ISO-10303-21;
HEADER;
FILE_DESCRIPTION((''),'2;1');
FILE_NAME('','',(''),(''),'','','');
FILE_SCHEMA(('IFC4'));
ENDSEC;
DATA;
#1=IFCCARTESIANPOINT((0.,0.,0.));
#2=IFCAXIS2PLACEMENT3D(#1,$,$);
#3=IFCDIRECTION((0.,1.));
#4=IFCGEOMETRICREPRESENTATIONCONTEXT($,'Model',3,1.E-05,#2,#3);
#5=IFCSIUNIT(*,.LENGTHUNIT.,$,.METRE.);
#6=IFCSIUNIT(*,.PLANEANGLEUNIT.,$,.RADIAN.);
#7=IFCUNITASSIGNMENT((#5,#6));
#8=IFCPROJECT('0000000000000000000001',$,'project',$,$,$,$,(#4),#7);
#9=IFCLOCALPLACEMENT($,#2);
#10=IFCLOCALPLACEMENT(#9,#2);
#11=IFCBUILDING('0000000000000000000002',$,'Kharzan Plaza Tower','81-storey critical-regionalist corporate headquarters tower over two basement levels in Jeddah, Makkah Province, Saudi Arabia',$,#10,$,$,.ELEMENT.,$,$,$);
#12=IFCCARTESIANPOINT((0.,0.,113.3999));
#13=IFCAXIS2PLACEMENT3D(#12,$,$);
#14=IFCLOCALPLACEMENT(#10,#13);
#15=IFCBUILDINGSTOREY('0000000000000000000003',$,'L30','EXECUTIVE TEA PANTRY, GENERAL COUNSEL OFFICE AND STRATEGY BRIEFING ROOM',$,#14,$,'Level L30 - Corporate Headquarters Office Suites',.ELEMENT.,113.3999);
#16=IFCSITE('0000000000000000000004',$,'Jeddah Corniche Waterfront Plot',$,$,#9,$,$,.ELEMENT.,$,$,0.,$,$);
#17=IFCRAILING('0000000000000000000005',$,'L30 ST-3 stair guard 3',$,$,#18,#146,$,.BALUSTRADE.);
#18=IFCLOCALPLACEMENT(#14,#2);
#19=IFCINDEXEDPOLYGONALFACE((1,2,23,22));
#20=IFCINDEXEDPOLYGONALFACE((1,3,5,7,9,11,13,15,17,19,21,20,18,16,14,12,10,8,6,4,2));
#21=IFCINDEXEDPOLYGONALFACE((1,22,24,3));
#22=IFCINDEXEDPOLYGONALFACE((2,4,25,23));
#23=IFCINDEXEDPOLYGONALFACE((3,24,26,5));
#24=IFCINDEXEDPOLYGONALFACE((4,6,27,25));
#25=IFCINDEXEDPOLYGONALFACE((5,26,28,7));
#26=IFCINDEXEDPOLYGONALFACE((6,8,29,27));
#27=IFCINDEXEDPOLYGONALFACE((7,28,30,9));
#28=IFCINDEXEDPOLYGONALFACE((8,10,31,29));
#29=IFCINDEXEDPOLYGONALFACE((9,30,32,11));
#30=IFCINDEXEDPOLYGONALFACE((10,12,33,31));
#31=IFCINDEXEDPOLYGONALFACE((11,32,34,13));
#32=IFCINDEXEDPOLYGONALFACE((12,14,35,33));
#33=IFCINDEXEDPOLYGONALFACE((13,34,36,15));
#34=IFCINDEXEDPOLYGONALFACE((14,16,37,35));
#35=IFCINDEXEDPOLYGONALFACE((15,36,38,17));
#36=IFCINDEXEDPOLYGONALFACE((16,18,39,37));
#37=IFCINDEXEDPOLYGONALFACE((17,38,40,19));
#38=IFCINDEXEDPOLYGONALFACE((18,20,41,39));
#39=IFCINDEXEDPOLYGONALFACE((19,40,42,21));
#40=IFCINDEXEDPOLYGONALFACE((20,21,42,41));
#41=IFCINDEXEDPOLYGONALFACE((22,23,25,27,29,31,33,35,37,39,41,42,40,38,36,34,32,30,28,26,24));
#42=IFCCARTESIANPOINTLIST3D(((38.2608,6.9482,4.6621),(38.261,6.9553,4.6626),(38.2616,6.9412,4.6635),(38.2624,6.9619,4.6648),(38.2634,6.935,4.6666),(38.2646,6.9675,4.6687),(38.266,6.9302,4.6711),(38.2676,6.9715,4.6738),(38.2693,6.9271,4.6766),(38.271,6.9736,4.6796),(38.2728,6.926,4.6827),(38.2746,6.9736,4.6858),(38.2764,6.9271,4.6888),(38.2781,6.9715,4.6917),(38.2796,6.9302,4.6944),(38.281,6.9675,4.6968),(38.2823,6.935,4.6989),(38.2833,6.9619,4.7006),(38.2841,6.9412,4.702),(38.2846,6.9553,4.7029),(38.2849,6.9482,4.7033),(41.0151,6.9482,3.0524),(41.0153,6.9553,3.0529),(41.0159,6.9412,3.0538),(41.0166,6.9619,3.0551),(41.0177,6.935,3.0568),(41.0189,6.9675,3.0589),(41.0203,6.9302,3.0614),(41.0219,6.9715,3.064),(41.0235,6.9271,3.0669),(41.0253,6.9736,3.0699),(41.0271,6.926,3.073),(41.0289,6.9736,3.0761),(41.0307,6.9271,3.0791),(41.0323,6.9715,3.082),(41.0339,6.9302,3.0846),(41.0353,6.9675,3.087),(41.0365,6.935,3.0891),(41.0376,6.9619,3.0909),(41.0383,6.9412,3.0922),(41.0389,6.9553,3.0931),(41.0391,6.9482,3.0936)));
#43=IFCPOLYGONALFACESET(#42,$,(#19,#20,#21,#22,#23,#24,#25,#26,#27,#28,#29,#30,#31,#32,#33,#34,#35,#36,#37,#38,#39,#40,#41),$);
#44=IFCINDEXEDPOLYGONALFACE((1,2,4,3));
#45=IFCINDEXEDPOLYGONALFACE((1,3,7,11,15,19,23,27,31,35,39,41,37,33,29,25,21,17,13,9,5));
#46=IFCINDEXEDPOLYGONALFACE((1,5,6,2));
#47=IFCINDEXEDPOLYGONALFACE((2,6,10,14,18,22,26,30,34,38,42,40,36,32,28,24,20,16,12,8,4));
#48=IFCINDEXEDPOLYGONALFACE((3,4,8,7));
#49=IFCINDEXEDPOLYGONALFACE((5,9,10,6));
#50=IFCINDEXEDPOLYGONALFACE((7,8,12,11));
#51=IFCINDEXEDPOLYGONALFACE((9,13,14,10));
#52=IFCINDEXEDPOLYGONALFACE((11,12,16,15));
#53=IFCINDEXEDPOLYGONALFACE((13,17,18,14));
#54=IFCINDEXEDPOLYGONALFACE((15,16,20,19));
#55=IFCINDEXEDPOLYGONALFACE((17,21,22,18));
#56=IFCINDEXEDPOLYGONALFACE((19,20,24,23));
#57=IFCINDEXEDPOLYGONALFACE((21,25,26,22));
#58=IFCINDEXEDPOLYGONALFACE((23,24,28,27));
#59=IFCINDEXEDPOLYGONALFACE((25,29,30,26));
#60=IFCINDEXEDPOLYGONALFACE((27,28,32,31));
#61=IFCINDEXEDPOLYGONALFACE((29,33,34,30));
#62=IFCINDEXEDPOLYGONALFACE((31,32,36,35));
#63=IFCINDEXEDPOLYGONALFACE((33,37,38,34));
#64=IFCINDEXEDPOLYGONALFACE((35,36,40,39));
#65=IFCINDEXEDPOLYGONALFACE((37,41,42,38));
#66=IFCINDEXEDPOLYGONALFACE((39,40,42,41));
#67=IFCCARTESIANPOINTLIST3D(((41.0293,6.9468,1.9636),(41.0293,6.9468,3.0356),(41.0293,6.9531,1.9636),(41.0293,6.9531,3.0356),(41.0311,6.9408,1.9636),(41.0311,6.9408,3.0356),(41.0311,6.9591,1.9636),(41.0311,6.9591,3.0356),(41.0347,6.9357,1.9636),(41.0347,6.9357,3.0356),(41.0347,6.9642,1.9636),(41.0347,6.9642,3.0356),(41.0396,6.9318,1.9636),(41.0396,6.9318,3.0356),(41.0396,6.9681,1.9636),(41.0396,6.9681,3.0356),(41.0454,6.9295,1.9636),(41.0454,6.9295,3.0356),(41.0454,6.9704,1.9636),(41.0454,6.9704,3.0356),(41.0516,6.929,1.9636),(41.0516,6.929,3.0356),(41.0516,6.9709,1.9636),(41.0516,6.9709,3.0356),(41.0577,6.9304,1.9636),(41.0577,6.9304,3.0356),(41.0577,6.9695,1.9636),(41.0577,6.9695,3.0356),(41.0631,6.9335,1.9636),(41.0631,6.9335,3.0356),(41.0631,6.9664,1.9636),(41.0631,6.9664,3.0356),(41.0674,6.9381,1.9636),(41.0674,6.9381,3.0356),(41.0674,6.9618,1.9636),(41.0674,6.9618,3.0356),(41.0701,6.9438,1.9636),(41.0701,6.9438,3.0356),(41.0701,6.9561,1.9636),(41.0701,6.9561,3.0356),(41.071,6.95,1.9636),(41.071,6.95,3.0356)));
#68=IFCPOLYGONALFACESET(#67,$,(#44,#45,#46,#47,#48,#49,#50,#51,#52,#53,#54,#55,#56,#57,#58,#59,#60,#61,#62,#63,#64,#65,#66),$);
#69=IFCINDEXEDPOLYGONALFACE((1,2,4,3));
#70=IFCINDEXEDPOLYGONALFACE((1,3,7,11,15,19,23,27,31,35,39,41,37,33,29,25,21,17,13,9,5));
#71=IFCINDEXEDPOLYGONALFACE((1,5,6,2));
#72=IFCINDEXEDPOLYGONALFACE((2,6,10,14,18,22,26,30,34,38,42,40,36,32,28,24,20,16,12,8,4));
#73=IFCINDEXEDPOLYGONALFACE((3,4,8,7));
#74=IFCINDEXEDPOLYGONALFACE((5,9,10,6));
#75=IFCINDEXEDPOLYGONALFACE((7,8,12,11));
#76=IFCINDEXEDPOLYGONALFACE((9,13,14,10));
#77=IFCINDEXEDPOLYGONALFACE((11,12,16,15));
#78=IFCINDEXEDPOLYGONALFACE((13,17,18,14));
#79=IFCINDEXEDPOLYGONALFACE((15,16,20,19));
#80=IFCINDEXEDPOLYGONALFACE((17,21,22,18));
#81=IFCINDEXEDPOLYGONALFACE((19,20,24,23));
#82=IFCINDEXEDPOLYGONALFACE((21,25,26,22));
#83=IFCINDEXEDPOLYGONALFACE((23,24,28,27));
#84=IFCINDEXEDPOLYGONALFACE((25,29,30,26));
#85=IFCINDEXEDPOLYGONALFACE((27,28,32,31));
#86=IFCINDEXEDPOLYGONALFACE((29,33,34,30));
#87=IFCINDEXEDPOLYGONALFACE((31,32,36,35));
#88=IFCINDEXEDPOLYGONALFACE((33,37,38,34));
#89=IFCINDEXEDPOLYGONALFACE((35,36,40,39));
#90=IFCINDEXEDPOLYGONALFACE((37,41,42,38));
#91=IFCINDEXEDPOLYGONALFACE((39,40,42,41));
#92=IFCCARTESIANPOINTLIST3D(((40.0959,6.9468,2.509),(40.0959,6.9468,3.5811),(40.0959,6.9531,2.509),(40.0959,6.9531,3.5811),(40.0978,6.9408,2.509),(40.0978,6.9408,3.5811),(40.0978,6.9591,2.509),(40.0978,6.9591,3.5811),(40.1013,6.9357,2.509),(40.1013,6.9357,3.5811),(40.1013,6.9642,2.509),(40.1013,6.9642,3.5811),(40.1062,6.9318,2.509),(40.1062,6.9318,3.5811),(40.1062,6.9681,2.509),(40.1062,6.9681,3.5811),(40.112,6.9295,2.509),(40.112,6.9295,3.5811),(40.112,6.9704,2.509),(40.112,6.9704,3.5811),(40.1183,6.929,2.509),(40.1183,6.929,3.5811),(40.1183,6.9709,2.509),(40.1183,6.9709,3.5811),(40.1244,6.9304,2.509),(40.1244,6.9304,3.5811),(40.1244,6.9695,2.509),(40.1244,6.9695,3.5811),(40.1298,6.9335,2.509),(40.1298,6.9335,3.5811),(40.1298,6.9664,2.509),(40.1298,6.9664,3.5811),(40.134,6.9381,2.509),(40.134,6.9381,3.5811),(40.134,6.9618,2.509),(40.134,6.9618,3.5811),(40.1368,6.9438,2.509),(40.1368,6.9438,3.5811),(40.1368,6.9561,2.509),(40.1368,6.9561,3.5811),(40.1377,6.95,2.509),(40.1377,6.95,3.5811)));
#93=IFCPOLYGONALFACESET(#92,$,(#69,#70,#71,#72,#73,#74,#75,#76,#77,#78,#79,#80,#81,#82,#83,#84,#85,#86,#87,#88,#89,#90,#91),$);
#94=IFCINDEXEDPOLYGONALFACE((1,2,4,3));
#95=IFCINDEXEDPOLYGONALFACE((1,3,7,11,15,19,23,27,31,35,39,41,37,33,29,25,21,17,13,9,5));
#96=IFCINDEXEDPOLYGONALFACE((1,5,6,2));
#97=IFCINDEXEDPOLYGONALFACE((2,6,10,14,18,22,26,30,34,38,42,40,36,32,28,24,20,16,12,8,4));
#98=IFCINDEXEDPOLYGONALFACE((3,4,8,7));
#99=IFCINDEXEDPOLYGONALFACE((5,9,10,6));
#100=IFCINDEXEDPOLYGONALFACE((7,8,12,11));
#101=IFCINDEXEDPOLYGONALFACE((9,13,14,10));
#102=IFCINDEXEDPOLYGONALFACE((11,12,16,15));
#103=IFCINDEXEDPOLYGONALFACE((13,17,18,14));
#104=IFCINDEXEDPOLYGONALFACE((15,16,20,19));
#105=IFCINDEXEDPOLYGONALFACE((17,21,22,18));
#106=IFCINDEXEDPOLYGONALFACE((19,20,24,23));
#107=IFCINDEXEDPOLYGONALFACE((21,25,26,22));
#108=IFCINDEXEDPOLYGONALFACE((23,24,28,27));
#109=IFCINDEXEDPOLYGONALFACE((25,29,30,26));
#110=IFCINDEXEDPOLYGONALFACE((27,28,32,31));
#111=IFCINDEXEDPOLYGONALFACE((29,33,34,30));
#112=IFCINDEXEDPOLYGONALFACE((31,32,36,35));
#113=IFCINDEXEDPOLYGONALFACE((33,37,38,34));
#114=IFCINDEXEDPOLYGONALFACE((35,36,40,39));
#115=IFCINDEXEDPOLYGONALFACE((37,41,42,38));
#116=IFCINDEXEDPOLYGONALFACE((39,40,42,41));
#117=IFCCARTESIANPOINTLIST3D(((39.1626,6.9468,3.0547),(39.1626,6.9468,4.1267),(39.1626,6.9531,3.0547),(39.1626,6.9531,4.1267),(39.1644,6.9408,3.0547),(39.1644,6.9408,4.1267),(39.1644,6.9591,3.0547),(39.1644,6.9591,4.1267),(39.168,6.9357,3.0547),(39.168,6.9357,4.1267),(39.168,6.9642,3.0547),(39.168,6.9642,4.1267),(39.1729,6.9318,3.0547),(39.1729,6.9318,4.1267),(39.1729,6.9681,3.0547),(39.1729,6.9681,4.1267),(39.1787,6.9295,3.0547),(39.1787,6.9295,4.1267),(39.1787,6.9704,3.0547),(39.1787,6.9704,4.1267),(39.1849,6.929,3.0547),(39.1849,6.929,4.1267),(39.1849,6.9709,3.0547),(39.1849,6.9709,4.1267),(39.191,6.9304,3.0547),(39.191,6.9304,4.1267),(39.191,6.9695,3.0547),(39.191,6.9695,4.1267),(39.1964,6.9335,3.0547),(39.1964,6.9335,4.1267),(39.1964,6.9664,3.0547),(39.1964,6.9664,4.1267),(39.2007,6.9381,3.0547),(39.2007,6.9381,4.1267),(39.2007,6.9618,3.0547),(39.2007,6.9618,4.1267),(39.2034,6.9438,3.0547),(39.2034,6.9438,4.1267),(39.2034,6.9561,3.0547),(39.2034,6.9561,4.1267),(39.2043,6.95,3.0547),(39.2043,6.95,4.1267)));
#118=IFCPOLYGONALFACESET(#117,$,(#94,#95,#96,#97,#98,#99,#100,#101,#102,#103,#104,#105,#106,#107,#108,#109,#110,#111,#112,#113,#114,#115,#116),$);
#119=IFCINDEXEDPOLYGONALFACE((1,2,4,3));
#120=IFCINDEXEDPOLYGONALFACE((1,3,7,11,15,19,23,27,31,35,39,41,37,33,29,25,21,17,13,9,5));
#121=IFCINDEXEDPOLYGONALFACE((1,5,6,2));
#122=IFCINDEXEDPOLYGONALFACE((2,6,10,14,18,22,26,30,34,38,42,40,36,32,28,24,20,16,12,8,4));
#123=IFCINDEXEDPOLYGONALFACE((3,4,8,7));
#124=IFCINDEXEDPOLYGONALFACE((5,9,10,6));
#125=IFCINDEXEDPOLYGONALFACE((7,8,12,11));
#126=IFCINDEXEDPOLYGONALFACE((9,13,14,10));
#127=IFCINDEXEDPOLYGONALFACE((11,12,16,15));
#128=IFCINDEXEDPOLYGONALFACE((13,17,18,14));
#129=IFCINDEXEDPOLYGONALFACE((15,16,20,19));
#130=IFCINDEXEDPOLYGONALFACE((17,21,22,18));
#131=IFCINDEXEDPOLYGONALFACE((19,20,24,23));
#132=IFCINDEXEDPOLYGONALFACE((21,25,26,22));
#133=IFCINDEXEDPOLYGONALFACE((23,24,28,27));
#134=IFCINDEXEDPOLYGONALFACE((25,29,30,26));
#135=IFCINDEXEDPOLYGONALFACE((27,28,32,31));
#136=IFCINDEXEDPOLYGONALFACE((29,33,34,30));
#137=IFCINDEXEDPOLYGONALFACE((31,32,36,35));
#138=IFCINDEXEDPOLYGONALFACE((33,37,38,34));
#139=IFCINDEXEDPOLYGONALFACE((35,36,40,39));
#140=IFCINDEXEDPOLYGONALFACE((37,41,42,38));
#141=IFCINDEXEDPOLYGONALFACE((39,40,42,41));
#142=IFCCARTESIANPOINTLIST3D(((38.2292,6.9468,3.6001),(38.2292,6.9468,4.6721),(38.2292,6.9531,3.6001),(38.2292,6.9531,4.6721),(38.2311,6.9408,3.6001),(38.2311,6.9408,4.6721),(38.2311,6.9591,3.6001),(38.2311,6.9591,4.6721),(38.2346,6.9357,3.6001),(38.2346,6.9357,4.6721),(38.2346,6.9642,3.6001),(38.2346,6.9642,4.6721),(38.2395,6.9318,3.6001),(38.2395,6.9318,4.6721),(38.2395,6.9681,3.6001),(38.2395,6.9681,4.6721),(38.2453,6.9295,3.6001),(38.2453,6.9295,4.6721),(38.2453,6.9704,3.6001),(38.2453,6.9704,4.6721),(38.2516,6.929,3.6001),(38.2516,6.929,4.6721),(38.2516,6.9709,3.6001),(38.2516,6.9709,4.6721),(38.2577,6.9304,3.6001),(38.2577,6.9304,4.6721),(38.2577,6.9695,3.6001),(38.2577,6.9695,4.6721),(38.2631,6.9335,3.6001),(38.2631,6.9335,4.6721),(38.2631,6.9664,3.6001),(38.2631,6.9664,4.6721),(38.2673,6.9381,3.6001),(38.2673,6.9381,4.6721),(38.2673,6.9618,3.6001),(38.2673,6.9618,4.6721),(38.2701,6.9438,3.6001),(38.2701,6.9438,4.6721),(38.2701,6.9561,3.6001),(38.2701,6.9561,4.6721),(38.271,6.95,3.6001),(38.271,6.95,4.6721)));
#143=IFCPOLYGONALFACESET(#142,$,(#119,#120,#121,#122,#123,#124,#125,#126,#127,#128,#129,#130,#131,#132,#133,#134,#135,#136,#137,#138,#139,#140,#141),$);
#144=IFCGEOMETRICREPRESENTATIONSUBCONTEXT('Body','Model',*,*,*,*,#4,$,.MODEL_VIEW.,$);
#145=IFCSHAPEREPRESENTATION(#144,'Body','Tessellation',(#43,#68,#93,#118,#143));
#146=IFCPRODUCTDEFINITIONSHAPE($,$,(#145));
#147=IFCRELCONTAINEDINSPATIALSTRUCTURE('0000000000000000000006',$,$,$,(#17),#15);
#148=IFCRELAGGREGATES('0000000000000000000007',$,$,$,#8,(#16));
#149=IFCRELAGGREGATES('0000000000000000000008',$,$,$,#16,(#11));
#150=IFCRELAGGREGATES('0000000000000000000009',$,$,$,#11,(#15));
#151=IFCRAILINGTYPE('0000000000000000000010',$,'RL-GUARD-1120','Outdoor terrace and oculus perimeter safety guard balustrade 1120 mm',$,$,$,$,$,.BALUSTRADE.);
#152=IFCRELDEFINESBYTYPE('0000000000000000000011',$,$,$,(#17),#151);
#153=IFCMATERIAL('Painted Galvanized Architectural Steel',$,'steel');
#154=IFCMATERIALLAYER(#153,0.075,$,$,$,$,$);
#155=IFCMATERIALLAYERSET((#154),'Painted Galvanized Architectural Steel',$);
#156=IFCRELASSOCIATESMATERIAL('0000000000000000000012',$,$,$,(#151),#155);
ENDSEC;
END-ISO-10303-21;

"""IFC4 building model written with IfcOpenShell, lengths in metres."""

from ifc_helpers import new_model, si_unit, direction, frame, origin, origin_2d, place, context, subcontext, project, spatial, circle, extrude, source, transform, mapped, material, layer, layer_set, type_object, element, save


model = new_model("IFC4")

# Units and contexts
model_context = context("Model", 3, precision=1e-05, world=origin(), true_north=direction((0.0, 1.0)))
body_context = subcontext(model_context, "Body", "Model", "MODEL_VIEW")
ifc_project = project(units=[si_unit("LENGTHUNIT", "METRE"), si_unit("PLANEANGLEUNIT", "RADIAN")], contexts=[model_context])

# Site, building, storey
site_placement = place(None, origin())
site = spatial("IfcSite", under=ifc_project, at=site_placement, Name="Jeddah Corniche Waterfront Plot", CompositionType="ELEMENT", RefElevation=0.0)
building_placement = place(site_placement, origin())
building = spatial("IfcBuilding", under=site, at=building_placement, Name="Kharzan Plaza Tower", Description="81-storey critical-regionalist corporate headquarters tower over two basement levels in Jeddah, Makkah Province, Saudi Arabia", CompositionType="ELEMENT")
storey_placement = place(building_placement, frame((0.0, 0.0, 113.3999)))
storey = spatial("IfcBuildingStorey", under=building, at=storey_placement, Name="L30", Description="EXECUTIVE TEA PANTRY, GENERAL COUNSEL OFFICE AND STRATEGY BRIEFING ROOM", LongName="Level L30 - Corporate Headquarters Office Suites", CompositionType="ELEMENT", Elevation=113.3999)

# Railing
ifc_material_1 = material(Name="Painted Galvanized Architectural Steel", Category="steel")
ifc_layer_1 = layer(ifc_material_1, 0.075)
ifc_layer_set_1 = layer_set([ifc_layer_1], Name="Painted Galvanized Architectural Steel")
railing_type_1 = type_object("IfcRailingType", Name="RL-GUARD-1120", Description="Outdoor terrace and oculus perimeter safety guard balustrade 1120 mm", PredefinedType="BALUSTRADE", material=ifc_layer_set_1)
shared_shape_1 = source(origin(), body_context, "Body", "SweptSolid", [
    extrude(circle(Radius=0.0239, at=origin_2d()), frame((-0.0229, 0.0, 1.1094), z_axis=(-0.863361, 0.0, 0.504587), x_axis=(0.0, -1.0, 0.0)), (0.0, 0.0, 1.0), 3.1902),
    extrude(circle(Radius=0.021, at=origin_2d()), origin(), (0.0, 0.0, 1.0), 1.072),
    extrude(circle(Radius=0.021, at=origin_2d()), frame((-0.9333, 0.0, 0.5454)), (0.0, 0.0, 1.0), 1.072),
    extrude(circle(Radius=0.021, at=origin_2d()), frame((-1.8667, 0.0, 1.0911)), (0.0, 0.0, 1.0), 1.072),
    extrude(circle(Radius=0.021, at=origin_2d()), frame((-2.8, 0.0, 1.6365)), (0.0, 0.0, 1.0), 1.072),
])
railing_1_placement = place(storey_placement, frame((41.05, 6.95, 1.9636)))
element("IfcRailing", 1, at=railing_1_placement, inside=storey, type_object=railing_type_1, Name="L30 ST-3 stair guard 3", PredefinedType="BALUSTRADE", context=body_context, shape_type="MappedRepresentation", body=[
    mapped(shared_shape_1, transform((0.0, 0.0, 0.0), x_axis=(1.0, 0.0, 0.0), y_axis=(0.0, 1.0, 0.0), z_axis=(0.0, 0.0, 1.0))),
])

save(model, "model.ifc")
